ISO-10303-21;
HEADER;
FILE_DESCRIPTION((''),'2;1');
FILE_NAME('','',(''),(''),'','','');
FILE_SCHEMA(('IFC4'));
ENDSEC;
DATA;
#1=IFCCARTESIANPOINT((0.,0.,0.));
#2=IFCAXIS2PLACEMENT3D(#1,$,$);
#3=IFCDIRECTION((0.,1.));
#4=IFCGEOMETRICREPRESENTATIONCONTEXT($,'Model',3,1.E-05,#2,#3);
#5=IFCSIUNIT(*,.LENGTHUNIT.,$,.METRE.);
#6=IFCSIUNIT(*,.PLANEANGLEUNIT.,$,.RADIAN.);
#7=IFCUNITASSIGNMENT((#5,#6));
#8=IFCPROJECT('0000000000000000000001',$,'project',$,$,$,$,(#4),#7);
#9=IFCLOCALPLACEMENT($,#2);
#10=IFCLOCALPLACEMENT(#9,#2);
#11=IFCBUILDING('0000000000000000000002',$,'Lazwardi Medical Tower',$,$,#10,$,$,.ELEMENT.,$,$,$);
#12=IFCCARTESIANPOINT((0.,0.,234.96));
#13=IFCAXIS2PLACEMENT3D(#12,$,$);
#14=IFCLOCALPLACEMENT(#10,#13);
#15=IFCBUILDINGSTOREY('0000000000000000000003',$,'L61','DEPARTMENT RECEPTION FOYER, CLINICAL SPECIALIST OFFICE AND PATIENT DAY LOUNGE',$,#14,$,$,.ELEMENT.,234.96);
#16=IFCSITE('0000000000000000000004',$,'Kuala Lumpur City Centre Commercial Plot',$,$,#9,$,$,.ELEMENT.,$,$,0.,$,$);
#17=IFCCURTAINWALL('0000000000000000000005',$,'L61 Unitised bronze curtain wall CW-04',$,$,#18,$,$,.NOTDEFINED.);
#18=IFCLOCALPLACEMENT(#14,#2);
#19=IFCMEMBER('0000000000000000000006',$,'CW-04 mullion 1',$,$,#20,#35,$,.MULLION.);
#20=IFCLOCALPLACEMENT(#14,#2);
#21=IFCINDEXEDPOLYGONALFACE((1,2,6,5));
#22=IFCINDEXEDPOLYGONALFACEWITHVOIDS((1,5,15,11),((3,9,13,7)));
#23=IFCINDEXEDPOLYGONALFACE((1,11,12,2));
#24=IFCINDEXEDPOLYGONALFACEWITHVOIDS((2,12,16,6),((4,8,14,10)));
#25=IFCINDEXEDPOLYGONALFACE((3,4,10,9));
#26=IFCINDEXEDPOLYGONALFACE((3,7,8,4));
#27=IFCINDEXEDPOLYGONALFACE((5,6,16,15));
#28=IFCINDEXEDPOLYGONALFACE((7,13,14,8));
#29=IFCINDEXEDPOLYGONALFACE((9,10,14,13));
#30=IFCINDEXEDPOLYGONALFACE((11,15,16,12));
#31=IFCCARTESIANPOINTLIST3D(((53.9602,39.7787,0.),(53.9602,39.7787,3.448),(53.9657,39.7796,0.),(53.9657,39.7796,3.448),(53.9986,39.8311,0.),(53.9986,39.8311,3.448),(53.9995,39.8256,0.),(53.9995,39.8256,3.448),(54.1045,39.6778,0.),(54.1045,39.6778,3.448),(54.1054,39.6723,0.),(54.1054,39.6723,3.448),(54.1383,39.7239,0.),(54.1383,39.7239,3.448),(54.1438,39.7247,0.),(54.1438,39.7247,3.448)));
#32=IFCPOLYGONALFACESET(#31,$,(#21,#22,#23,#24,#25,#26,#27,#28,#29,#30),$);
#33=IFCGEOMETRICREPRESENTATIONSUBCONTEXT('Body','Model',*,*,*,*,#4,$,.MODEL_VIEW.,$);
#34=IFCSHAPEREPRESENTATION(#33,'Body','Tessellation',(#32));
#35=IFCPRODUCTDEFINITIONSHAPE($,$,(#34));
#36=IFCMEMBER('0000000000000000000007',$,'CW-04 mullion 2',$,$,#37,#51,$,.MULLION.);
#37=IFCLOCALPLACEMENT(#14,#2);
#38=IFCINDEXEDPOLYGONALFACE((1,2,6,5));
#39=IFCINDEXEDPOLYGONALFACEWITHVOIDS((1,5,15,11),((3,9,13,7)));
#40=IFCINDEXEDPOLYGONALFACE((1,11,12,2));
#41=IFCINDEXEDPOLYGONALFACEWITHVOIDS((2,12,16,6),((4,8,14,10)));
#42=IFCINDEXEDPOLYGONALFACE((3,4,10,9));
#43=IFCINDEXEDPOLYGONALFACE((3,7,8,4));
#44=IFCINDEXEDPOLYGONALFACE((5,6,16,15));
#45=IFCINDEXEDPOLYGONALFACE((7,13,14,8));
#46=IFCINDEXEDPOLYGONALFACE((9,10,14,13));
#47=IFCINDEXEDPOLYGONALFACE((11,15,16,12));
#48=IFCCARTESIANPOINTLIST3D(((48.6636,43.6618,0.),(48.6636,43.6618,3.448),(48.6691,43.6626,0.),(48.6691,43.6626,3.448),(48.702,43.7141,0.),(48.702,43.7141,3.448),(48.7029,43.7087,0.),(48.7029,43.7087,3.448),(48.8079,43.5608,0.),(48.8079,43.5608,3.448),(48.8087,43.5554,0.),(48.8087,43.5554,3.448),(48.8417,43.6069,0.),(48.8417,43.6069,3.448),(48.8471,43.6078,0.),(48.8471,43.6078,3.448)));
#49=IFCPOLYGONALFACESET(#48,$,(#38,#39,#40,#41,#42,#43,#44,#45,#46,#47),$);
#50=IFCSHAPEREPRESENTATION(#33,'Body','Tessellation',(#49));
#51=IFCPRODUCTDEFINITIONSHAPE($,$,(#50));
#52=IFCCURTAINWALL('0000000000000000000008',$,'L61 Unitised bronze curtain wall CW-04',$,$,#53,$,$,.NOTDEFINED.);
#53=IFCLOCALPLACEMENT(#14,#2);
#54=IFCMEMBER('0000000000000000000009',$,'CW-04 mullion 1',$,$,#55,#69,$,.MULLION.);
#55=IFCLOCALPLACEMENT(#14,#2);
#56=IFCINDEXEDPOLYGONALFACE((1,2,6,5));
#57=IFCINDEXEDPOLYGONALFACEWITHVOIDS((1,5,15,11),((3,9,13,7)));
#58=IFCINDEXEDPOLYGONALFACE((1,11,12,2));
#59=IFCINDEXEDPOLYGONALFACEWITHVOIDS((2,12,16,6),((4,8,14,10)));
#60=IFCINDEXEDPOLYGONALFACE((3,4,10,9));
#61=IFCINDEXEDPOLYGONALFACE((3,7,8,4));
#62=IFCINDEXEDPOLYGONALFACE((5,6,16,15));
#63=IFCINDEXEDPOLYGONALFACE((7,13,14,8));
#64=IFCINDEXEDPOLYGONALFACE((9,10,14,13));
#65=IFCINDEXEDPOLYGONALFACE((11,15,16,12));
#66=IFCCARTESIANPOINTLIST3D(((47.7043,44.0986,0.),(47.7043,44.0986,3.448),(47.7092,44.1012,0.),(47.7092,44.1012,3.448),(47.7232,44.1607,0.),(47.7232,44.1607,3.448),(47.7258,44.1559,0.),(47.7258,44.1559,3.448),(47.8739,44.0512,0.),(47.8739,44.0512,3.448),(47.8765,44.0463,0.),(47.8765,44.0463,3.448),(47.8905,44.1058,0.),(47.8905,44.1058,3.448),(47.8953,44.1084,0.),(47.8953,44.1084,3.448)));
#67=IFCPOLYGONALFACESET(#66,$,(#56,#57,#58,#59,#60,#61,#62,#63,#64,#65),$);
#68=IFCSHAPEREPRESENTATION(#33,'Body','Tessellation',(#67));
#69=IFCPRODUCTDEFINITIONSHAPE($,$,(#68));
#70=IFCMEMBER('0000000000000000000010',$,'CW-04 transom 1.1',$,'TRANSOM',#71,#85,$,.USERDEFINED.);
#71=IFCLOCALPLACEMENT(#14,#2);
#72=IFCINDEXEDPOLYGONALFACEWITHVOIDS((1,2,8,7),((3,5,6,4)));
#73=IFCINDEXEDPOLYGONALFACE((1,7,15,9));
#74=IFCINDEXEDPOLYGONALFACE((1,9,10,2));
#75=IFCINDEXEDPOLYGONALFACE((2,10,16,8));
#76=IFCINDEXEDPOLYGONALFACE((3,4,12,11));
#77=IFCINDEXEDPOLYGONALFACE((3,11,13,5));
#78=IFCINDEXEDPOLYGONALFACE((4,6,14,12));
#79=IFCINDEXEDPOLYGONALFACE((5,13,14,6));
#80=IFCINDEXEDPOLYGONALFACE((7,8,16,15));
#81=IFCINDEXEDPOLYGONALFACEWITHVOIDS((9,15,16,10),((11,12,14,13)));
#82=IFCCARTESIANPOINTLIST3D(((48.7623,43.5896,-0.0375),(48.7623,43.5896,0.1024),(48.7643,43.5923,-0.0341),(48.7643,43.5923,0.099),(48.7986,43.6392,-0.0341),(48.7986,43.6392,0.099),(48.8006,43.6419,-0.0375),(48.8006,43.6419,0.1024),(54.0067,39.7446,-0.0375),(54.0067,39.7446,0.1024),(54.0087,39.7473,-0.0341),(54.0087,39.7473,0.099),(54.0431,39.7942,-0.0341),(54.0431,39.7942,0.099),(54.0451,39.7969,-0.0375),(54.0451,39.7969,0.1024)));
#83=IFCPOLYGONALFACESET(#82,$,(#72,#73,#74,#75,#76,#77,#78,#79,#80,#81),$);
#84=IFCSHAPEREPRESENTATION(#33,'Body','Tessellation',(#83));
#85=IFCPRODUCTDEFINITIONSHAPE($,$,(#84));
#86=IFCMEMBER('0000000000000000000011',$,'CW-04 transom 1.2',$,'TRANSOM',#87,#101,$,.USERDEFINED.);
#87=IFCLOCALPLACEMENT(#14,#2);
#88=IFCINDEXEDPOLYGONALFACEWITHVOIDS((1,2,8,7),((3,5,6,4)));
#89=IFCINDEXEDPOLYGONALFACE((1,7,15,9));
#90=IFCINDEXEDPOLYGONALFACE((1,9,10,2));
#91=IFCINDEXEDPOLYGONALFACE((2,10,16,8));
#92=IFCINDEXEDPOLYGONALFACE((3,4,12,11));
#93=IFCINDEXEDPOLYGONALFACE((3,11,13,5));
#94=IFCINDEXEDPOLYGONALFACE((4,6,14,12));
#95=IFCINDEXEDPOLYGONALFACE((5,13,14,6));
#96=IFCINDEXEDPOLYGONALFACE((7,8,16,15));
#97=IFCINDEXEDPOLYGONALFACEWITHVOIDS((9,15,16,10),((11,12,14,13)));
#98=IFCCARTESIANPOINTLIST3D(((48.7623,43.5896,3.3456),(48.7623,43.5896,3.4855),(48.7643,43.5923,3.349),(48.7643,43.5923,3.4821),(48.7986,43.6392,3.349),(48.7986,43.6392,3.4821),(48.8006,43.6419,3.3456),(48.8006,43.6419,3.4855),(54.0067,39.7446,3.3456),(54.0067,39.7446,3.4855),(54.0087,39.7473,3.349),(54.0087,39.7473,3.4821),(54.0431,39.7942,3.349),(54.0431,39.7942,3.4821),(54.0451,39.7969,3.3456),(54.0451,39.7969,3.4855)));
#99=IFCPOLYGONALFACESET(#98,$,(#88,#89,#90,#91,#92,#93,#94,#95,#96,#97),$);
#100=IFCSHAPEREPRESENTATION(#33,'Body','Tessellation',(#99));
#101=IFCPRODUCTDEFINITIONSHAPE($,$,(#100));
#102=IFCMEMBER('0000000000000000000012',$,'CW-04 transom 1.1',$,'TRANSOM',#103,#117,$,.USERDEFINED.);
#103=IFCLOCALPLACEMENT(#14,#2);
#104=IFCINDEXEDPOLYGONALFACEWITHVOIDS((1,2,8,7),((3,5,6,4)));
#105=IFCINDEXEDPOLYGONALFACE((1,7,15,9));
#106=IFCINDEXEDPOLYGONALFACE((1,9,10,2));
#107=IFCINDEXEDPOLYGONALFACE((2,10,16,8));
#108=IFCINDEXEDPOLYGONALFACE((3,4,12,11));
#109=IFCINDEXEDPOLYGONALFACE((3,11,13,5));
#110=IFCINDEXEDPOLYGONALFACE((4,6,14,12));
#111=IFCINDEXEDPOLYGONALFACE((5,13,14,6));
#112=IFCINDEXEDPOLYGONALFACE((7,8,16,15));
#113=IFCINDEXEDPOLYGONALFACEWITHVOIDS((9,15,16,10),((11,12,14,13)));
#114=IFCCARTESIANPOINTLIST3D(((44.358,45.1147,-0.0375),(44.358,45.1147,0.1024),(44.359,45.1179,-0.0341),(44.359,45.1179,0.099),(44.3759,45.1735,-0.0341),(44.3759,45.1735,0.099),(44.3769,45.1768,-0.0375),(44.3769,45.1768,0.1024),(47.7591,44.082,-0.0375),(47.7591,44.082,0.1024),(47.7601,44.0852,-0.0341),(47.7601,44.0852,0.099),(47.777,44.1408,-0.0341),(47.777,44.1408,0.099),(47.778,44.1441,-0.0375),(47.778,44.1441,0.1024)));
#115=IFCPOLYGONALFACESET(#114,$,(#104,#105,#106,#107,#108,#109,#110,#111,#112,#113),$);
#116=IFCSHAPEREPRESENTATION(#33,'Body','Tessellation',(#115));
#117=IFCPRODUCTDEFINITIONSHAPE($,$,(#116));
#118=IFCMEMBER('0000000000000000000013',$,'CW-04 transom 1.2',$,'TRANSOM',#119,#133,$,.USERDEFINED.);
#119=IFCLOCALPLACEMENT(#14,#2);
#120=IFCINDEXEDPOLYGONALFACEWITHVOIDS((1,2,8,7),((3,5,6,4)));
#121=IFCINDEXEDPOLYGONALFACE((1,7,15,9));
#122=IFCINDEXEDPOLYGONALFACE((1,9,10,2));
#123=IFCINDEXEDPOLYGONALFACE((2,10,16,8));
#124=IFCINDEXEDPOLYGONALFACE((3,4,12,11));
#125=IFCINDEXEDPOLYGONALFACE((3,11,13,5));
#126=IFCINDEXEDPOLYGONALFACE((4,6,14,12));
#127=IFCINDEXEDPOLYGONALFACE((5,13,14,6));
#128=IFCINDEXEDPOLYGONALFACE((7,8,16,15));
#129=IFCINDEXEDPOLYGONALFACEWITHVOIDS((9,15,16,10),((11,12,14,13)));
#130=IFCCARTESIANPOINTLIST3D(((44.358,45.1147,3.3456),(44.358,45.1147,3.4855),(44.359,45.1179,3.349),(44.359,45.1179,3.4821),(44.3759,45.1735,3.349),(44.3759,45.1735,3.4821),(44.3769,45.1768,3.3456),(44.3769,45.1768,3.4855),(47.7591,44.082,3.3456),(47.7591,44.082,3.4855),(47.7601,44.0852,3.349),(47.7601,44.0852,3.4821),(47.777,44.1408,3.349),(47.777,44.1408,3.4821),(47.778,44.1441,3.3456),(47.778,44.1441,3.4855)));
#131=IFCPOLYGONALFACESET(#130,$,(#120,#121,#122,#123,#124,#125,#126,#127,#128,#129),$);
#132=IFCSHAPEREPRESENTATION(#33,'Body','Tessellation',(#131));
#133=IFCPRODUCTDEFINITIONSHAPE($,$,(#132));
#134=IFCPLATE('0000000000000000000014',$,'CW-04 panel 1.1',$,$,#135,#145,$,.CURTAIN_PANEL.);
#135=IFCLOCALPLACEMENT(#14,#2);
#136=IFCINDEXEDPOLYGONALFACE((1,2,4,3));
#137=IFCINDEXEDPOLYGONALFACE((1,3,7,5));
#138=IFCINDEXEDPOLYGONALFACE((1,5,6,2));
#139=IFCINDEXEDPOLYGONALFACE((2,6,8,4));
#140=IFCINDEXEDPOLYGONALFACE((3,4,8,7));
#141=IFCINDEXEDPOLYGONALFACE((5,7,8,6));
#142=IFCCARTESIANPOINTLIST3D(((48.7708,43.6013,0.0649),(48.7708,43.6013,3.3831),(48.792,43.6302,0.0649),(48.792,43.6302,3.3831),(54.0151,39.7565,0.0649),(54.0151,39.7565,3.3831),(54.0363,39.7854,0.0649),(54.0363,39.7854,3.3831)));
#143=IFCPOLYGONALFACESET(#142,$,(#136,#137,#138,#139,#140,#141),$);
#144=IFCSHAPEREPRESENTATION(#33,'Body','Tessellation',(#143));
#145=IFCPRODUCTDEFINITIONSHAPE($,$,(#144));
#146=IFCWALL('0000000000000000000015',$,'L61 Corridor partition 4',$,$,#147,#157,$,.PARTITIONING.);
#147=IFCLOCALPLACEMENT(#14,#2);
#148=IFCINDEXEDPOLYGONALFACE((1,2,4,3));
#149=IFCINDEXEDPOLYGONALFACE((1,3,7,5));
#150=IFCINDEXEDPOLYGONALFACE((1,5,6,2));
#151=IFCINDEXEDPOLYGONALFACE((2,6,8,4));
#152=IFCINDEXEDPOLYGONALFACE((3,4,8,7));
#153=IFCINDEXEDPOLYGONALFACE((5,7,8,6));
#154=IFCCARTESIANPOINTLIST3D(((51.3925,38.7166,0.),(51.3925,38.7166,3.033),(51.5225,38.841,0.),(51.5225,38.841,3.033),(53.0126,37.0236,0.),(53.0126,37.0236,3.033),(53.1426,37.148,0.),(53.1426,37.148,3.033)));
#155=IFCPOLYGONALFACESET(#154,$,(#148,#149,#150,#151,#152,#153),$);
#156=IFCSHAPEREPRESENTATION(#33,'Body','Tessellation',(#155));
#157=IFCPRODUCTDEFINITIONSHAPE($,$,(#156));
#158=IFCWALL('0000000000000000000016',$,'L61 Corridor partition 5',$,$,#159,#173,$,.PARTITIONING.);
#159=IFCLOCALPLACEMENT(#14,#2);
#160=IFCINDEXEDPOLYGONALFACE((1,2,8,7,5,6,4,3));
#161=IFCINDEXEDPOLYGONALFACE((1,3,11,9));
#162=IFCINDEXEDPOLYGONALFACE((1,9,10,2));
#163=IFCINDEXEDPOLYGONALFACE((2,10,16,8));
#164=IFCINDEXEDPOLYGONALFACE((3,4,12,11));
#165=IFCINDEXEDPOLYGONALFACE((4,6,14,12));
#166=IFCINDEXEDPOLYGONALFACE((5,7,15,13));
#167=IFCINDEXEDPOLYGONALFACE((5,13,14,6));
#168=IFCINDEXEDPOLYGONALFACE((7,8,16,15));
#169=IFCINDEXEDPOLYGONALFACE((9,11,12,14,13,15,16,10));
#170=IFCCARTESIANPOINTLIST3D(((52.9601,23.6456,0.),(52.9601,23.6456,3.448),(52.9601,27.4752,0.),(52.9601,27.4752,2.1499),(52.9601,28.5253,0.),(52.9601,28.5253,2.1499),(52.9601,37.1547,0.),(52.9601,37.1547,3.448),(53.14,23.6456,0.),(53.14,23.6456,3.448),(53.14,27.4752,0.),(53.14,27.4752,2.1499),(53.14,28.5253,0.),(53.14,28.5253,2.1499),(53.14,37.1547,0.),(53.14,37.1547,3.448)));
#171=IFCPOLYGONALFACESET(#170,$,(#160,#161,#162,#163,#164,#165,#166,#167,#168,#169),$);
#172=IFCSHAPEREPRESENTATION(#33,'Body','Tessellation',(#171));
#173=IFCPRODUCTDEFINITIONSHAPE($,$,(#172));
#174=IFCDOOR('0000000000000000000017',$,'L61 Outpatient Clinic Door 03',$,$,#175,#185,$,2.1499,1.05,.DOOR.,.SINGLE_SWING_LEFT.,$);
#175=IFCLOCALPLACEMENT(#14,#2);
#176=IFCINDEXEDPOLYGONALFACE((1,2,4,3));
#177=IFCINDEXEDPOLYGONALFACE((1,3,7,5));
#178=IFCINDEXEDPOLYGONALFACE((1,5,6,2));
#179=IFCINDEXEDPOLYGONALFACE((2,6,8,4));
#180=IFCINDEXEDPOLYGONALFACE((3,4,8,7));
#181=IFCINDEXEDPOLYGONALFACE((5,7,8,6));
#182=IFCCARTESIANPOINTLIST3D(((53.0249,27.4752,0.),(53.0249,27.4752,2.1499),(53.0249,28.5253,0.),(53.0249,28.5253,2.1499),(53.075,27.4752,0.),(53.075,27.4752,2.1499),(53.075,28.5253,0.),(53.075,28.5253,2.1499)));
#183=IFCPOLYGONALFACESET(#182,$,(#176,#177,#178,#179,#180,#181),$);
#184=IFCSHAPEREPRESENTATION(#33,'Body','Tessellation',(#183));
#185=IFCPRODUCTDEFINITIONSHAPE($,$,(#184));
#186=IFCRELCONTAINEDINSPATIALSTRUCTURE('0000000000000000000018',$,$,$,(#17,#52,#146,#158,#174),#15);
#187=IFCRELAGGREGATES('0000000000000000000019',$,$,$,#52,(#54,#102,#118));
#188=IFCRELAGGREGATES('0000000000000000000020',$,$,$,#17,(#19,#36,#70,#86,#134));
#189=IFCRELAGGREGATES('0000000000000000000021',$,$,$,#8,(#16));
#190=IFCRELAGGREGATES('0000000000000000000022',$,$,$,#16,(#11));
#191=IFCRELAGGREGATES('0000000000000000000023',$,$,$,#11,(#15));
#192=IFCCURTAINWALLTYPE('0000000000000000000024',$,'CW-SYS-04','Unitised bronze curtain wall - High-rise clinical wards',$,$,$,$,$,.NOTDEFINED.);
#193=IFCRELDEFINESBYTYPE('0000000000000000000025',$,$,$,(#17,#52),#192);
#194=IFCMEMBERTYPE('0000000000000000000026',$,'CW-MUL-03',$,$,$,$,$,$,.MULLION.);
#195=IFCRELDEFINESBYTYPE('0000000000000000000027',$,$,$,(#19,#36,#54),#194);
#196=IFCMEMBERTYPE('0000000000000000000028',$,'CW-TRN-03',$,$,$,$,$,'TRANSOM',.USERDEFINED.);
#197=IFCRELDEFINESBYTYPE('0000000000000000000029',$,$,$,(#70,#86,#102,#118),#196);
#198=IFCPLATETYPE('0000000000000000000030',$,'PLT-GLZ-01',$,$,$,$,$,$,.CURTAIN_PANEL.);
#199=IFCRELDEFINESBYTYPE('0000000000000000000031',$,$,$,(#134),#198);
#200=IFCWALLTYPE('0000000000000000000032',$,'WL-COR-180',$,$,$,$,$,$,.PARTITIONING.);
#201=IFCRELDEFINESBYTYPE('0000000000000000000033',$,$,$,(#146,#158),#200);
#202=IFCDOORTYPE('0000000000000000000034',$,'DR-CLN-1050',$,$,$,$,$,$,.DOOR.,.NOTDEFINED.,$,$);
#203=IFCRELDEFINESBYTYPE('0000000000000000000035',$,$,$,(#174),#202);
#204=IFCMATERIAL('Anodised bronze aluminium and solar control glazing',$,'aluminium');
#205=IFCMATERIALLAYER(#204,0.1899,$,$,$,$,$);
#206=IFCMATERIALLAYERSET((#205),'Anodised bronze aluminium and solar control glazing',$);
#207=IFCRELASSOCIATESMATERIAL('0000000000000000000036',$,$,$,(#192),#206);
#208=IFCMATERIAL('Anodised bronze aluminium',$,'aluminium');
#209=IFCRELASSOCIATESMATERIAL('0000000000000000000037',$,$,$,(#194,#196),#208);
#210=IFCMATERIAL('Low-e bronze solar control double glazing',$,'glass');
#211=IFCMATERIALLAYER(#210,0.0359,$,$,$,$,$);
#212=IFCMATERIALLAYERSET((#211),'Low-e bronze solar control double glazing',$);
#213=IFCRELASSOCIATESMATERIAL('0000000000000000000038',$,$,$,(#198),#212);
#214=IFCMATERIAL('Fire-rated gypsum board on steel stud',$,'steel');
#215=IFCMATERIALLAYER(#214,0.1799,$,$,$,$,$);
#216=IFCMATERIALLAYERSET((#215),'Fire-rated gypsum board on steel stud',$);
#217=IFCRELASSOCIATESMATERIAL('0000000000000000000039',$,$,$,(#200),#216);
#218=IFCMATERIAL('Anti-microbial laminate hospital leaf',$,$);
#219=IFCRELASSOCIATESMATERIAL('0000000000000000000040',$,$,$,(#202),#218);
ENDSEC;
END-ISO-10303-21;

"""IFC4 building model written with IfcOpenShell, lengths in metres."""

from ifc_helpers import new_model, si_unit, direction, frame, frame_2d, origin, origin_2d, place, context, subcontext, project, spatial, rectangle, hollow_rectangle, extrude, material, layer, layer_set, material_profile, profile_set, type_object, element, fill, aggregate, save


model = new_model("IFC4")

# Units and contexts
model_context = context("Model", 3, precision=1e-05, world=origin(), true_north=direction((0.0, 1.0)))
body_context = subcontext(model_context, "Body", "Model", "MODEL_VIEW")
ifc_project = project(units=[si_unit("LENGTHUNIT", "METRE"), si_unit("PLANEANGLEUNIT", "RADIAN")], contexts=[model_context])

# Site, building, storey
site_placement = place(None, origin())
site = spatial("IfcSite", under=ifc_project, at=site_placement, Name="Kuala Lumpur City Centre Commercial Plot", CompositionType="ELEMENT", RefElevation=0.0)
building_placement = place(site_placement, origin())
building = spatial("IfcBuilding", under=site, at=building_placement, Name="Lazwardi Medical Tower", CompositionType="ELEMENT")
storey_placement = place(building_placement, frame((0.0, 0.0, 234.96)))
storey = spatial("IfcBuildingStorey", under=building, at=storey_placement, Name="L61", Description="DEPARTMENT RECEPTION FOYER, CLINICAL SPECIALIST OFFICE AND PATIENT DAY LOUNGE", CompositionType="ELEMENT", Elevation=234.96)

# Shared definitions
ifc_material_1 = material(Name="Anodised bronze aluminium and solar control glazing", Category="aluminium")
ifc_layer_1 = layer(ifc_material_1, 0.1899)
ifc_layer_set_1 = layer_set([ifc_layer_1], Name="Anodised bronze aluminium and solar control glazing")
curtain_wall_type = type_object("IfcCurtainWallType", Name="CW-SYS-04", Description="Unitised bronze curtain wall - High-rise clinical wards", PredefinedType="NOTDEFINED", material=ifc_layer_set_1)
ifc_material_2 = material(Name="Anodised bronze aluminium", Category="aluminium")
ifc_material_profile_1 = material_profile(ifc_material_2, hollow_rectangle(XDim=0.0649, YDim=0.1799, WallThickness=0.0039, at=origin_2d()), Name="ALU-MULLION 180x65x4")
ifc_profile_set_1 = profile_set([ifc_material_profile_1], Name="Anodised bronze aluminium")
member_type_1 = type_object("IfcMemberType", Name="CW-MUL-03", PredefinedType="MULLION", material=ifc_profile_set_1)

# Curtain wall, members
curtain_wall_1_placement = place(storey_placement, origin())
curtain_wall_1 = element("IfcCurtainWall", 1, at=curtain_wall_1_placement, inside=storey, type_object=curtain_wall_type, Name="L61 Unitised bronze curtain wall CW-04", PredefinedType="NOTDEFINED")
member_1_placement = place(storey_placement, frame((54.052, 39.7517, 0.0), z_axis=(0.0, 0.0, 1.0), x_axis=(-0.591268, -0.806475, 0.0)))
member_1 = element("IfcMember", 2, at=member_1_placement, type_object=member_type_1, Name="CW-04 mullion 1", PredefinedType="MULLION", context=body_context, shape_type="SweptSolid", body=[
    extrude(hollow_rectangle(XDim=0.0649, YDim=0.1799, WallThickness=0.0039, at=origin_2d()), origin(), (0.0, 0.0, 1.0), 3.448),
])
member_2_placement = place(storey_placement, frame((48.7554, 43.6348, 0.0), z_axis=(0.0, 0.0, 1.0), x_axis=(-0.591268, -0.806475, 0.0)))
member_2 = element("IfcMember", 3, at=member_2_placement, type_object=member_type_1, Name="CW-04 mullion 2", PredefinedType="MULLION", context=body_context, shape_type="SweptSolid", body=[
    extrude(hollow_rectangle(XDim=0.0649, YDim=0.1799, WallThickness=0.0039, at=origin_2d()), origin(), (0.0, 0.0, 1.0), 3.448),
])

# Curtain wall, member
curtain_wall_2_placement = place(storey_placement, origin())
curtain_wall_2 = element("IfcCurtainWall", 4, at=curtain_wall_2_placement, inside=storey, type_object=curtain_wall_type, Name="L61 Unitised bronze curtain wall CW-04", PredefinedType="NOTDEFINED")
member_3_placement = place(storey_placement, frame((47.7998, 44.1035, 0.0), z_axis=(0.0, 0.0, 1.0), x_axis=(-0.290582, -0.95685, 0.0)))
member_3 = element("IfcMember", 5, at=member_3_placement, type_object=member_type_1, Name="CW-04 mullion 1", PredefinedType="MULLION", context=body_context, shape_type="SweptSolid", body=[
    extrude(hollow_rectangle(XDim=0.0649, YDim=0.1799, WallThickness=0.0039, at=origin_2d()), origin(), (0.0, 0.0, 1.0), 3.448),
])

# Members
ifc_material_profile_2 = material_profile(ifc_material_2, hollow_rectangle(XDim=0.0649, YDim=0.1399, WallThickness=0.0034, at=origin_2d()), Name="ALU-TRANSOM 140x65x3.5")
ifc_profile_set_2 = profile_set([ifc_material_profile_2], Name="Anodised bronze aluminium")
member_type_2 = type_object("IfcMemberType", Name="CW-TRN-03", ElementType="TRANSOM", PredefinedType="USERDEFINED", material=ifc_profile_set_2)
member_4_placement = place(storey_placement, frame((54.0259, 39.7708, 0.0325), z_axis=(-0.806472, 0.591273, 0.0), x_axis=(-0.591273, -0.806472, 0.0)))
member_4 = element("IfcMember", 6, at=member_4_placement, type_object=member_type_2, Name="CW-04 transom 1.1", ObjectType="TRANSOM", PredefinedType="USERDEFINED", context=body_context, shape_type="SweptSolid", body=[
    extrude(hollow_rectangle(XDim=0.0649, YDim=0.1399, WallThickness=0.0034, at=origin_2d()), origin(), (0.0, 0.0, 1.0), 6.5029),
])
member_5_placement = place(storey_placement, frame((54.0259, 39.7708, 3.4155), z_axis=(-0.806472, 0.591273, 0.0), x_axis=(-0.591273, -0.806472, 0.0)))
member_5 = element("IfcMember", 7, at=member_5_placement, type_object=member_type_2, Name="CW-04 transom 1.2", ObjectType="TRANSOM", PredefinedType="USERDEFINED", context=body_context, shape_type="SweptSolid", body=[
    extrude(hollow_rectangle(XDim=0.0649, YDim=0.1399, WallThickness=0.0034, at=origin_2d()), origin(), (0.0, 0.0, 1.0), 6.5029),
])
member_6_placement = place(storey_placement, frame((47.7686, 44.113, 0.0325), z_axis=(-0.956863, 0.290541, 0.0), x_axis=(-0.290541, -0.956863, 0.0)))
member_6 = element("IfcMember", 8, at=member_6_placement, type_object=member_type_2, Name="CW-04 transom 1.1", ObjectType="TRANSOM", PredefinedType="USERDEFINED", context=body_context, shape_type="SweptSolid", body=[
    extrude(hollow_rectangle(XDim=0.0649, YDim=0.1399, WallThickness=0.0034, at=origin_2d()), origin(), (0.0, 0.0, 1.0), 3.5544),
])
member_7_placement = place(storey_placement, frame((47.7686, 44.113, 3.4155), z_axis=(-0.956863, 0.290541, 0.0), x_axis=(-0.290541, -0.956863, 0.0)))
member_7 = element("IfcMember", 9, at=member_7_placement, type_object=member_type_2, Name="CW-04 transom 1.2", ObjectType="TRANSOM", PredefinedType="USERDEFINED", context=body_context, shape_type="SweptSolid", body=[
    extrude(hollow_rectangle(XDim=0.0649, YDim=0.1399, WallThickness=0.0034, at=origin_2d()), origin(), (0.0, 0.0, 1.0), 3.5544),
])
aggregate(curtain_wall_2, [member_3, member_6, member_7])

# Plate
ifc_material_3 = material(Name="Low-e bronze solar control double glazing", Category="glass")
ifc_layer_2 = layer(ifc_material_3, 0.0359)
ifc_layer_set_2 = layer_set([ifc_layer_2], Name="Low-e bronze solar control double glazing")
plate_type = type_object("IfcPlateType", Name="PLT-GLZ-01", PredefinedType="CURTAIN_PANEL", material=ifc_layer_set_2)
plate_placement = place(storey_placement, frame((51.4036, 41.6934, 0.0649), z_axis=(0.0, 0.0, 1.0), x_axis=(-0.806475, 0.591268, 0.0)))
plate = element("IfcPlate", 10, at=plate_placement, type_object=plate_type, Name="CW-04 panel 1.1", PredefinedType="CURTAIN_PANEL", context=body_context, shape_type="SweptSolid", body=[
    extrude(rectangle(XDim=6.5027, YDim=0.0359, at=origin_2d()), origin(), (0.0, 0.0, 1.0), 3.3181),
])
aggregate(curtain_wall_1, [member_1, member_2, member_4, member_5, plate])

# Wall
ifc_material_4 = material(Name="Fire-rated gypsum board on steel stud", Category="steel")
ifc_layer_3 = layer(ifc_material_4, 0.1799)
ifc_layer_set_3 = layer_set([ifc_layer_3], Name="Fire-rated gypsum board on steel stud")
wall_type = type_object("IfcWallType", Name="WL-COR-180", PredefinedType="PARTITIONING", material=ifc_layer_set_3)
wall_1_placement = place(storey_placement, frame((51.4575, 38.7788, 0.0), z_axis=(0.0, 0.0, 1.0), x_axis=(0.69136, -0.722511, 0.0)))
element("IfcWall", 11, at=wall_1_placement, inside=storey, type_object=wall_type, Name="L61 Corridor partition 4", PredefinedType="PARTITIONING", context=body_context, shape_type="SweptSolid", body=[
    extrude(rectangle(XDim=2.3433, YDim=0.1799, at=frame_2d((1.1716, 0.0))), origin(), (0.0, 0.0, 1.0), 3.033),
])

# Wall, opening, door
wall_2_placement = place(storey_placement, frame((53.05, 37.1545, 0.0), z_axis=(0.0, 0.0, 1.0), x_axis=(0.0, -1.0, 0.0)))
wall_2 = element("IfcWall", 12, at=wall_2_placement, inside=storey, type_object=wall_type, Name="L61 Corridor partition 5", PredefinedType="PARTITIONING", context=body_context, shape_type="SweptSolid", body=[
    extrude(rectangle(XDim=13.509, YDim=0.1799, at=frame_2d((6.7544, 0.0))), origin(), (0.0, 0.0, 1.0), 3.448),
])
opening_placement = place(wall_2_placement, frame((8.6294, 0.0, 0.0)))
opening = element("IfcOpeningElement", 13, at=opening_placement, cuts=wall_2, PredefinedType="OPENING", context=body_context, shape_type="SweptSolid", body=[
    extrude(rectangle(XDim=1.05, YDim=2.1499, at=frame_2d((0.5249, 1.075))), frame((0.0, 0.0999, 0.0), z_axis=(0.0, -1.0, 0.0), x_axis=(1.0, 0.0, 0.0)), (0.0, 0.0, 1.0), 0.2),
])
ifc_material_5 = material(Name="Anti-microbial laminate hospital leaf")
door_type = type_object("IfcDoorType", Name="DR-CLN-1050", OperationType="NOTDEFINED", PredefinedType="DOOR", material=ifc_material_5)
door_placement = place(opening_placement, origin())
door = element("IfcDoor", 14, at=door_placement, inside=storey, type_object=door_type, Name="L61 Outpatient Clinic Door 03", OperationType="SINGLE_SWING_LEFT", OverallHeight=2.1499, OverallWidth=1.05, PredefinedType="DOOR", context=body_context, shape_type="SweptSolid", body=[
    extrude(rectangle(XDim=1.05, YDim=2.1499, at=frame_2d((0.5249, 1.075))), frame((0.0, 0.0249, 0.0), z_axis=(0.0, -1.0, 0.0), x_axis=(1.0, 0.0, 0.0)), (0.0, 0.0, 1.0), 0.05),
])
fill(opening, door)

save(model, "model.ifc")
